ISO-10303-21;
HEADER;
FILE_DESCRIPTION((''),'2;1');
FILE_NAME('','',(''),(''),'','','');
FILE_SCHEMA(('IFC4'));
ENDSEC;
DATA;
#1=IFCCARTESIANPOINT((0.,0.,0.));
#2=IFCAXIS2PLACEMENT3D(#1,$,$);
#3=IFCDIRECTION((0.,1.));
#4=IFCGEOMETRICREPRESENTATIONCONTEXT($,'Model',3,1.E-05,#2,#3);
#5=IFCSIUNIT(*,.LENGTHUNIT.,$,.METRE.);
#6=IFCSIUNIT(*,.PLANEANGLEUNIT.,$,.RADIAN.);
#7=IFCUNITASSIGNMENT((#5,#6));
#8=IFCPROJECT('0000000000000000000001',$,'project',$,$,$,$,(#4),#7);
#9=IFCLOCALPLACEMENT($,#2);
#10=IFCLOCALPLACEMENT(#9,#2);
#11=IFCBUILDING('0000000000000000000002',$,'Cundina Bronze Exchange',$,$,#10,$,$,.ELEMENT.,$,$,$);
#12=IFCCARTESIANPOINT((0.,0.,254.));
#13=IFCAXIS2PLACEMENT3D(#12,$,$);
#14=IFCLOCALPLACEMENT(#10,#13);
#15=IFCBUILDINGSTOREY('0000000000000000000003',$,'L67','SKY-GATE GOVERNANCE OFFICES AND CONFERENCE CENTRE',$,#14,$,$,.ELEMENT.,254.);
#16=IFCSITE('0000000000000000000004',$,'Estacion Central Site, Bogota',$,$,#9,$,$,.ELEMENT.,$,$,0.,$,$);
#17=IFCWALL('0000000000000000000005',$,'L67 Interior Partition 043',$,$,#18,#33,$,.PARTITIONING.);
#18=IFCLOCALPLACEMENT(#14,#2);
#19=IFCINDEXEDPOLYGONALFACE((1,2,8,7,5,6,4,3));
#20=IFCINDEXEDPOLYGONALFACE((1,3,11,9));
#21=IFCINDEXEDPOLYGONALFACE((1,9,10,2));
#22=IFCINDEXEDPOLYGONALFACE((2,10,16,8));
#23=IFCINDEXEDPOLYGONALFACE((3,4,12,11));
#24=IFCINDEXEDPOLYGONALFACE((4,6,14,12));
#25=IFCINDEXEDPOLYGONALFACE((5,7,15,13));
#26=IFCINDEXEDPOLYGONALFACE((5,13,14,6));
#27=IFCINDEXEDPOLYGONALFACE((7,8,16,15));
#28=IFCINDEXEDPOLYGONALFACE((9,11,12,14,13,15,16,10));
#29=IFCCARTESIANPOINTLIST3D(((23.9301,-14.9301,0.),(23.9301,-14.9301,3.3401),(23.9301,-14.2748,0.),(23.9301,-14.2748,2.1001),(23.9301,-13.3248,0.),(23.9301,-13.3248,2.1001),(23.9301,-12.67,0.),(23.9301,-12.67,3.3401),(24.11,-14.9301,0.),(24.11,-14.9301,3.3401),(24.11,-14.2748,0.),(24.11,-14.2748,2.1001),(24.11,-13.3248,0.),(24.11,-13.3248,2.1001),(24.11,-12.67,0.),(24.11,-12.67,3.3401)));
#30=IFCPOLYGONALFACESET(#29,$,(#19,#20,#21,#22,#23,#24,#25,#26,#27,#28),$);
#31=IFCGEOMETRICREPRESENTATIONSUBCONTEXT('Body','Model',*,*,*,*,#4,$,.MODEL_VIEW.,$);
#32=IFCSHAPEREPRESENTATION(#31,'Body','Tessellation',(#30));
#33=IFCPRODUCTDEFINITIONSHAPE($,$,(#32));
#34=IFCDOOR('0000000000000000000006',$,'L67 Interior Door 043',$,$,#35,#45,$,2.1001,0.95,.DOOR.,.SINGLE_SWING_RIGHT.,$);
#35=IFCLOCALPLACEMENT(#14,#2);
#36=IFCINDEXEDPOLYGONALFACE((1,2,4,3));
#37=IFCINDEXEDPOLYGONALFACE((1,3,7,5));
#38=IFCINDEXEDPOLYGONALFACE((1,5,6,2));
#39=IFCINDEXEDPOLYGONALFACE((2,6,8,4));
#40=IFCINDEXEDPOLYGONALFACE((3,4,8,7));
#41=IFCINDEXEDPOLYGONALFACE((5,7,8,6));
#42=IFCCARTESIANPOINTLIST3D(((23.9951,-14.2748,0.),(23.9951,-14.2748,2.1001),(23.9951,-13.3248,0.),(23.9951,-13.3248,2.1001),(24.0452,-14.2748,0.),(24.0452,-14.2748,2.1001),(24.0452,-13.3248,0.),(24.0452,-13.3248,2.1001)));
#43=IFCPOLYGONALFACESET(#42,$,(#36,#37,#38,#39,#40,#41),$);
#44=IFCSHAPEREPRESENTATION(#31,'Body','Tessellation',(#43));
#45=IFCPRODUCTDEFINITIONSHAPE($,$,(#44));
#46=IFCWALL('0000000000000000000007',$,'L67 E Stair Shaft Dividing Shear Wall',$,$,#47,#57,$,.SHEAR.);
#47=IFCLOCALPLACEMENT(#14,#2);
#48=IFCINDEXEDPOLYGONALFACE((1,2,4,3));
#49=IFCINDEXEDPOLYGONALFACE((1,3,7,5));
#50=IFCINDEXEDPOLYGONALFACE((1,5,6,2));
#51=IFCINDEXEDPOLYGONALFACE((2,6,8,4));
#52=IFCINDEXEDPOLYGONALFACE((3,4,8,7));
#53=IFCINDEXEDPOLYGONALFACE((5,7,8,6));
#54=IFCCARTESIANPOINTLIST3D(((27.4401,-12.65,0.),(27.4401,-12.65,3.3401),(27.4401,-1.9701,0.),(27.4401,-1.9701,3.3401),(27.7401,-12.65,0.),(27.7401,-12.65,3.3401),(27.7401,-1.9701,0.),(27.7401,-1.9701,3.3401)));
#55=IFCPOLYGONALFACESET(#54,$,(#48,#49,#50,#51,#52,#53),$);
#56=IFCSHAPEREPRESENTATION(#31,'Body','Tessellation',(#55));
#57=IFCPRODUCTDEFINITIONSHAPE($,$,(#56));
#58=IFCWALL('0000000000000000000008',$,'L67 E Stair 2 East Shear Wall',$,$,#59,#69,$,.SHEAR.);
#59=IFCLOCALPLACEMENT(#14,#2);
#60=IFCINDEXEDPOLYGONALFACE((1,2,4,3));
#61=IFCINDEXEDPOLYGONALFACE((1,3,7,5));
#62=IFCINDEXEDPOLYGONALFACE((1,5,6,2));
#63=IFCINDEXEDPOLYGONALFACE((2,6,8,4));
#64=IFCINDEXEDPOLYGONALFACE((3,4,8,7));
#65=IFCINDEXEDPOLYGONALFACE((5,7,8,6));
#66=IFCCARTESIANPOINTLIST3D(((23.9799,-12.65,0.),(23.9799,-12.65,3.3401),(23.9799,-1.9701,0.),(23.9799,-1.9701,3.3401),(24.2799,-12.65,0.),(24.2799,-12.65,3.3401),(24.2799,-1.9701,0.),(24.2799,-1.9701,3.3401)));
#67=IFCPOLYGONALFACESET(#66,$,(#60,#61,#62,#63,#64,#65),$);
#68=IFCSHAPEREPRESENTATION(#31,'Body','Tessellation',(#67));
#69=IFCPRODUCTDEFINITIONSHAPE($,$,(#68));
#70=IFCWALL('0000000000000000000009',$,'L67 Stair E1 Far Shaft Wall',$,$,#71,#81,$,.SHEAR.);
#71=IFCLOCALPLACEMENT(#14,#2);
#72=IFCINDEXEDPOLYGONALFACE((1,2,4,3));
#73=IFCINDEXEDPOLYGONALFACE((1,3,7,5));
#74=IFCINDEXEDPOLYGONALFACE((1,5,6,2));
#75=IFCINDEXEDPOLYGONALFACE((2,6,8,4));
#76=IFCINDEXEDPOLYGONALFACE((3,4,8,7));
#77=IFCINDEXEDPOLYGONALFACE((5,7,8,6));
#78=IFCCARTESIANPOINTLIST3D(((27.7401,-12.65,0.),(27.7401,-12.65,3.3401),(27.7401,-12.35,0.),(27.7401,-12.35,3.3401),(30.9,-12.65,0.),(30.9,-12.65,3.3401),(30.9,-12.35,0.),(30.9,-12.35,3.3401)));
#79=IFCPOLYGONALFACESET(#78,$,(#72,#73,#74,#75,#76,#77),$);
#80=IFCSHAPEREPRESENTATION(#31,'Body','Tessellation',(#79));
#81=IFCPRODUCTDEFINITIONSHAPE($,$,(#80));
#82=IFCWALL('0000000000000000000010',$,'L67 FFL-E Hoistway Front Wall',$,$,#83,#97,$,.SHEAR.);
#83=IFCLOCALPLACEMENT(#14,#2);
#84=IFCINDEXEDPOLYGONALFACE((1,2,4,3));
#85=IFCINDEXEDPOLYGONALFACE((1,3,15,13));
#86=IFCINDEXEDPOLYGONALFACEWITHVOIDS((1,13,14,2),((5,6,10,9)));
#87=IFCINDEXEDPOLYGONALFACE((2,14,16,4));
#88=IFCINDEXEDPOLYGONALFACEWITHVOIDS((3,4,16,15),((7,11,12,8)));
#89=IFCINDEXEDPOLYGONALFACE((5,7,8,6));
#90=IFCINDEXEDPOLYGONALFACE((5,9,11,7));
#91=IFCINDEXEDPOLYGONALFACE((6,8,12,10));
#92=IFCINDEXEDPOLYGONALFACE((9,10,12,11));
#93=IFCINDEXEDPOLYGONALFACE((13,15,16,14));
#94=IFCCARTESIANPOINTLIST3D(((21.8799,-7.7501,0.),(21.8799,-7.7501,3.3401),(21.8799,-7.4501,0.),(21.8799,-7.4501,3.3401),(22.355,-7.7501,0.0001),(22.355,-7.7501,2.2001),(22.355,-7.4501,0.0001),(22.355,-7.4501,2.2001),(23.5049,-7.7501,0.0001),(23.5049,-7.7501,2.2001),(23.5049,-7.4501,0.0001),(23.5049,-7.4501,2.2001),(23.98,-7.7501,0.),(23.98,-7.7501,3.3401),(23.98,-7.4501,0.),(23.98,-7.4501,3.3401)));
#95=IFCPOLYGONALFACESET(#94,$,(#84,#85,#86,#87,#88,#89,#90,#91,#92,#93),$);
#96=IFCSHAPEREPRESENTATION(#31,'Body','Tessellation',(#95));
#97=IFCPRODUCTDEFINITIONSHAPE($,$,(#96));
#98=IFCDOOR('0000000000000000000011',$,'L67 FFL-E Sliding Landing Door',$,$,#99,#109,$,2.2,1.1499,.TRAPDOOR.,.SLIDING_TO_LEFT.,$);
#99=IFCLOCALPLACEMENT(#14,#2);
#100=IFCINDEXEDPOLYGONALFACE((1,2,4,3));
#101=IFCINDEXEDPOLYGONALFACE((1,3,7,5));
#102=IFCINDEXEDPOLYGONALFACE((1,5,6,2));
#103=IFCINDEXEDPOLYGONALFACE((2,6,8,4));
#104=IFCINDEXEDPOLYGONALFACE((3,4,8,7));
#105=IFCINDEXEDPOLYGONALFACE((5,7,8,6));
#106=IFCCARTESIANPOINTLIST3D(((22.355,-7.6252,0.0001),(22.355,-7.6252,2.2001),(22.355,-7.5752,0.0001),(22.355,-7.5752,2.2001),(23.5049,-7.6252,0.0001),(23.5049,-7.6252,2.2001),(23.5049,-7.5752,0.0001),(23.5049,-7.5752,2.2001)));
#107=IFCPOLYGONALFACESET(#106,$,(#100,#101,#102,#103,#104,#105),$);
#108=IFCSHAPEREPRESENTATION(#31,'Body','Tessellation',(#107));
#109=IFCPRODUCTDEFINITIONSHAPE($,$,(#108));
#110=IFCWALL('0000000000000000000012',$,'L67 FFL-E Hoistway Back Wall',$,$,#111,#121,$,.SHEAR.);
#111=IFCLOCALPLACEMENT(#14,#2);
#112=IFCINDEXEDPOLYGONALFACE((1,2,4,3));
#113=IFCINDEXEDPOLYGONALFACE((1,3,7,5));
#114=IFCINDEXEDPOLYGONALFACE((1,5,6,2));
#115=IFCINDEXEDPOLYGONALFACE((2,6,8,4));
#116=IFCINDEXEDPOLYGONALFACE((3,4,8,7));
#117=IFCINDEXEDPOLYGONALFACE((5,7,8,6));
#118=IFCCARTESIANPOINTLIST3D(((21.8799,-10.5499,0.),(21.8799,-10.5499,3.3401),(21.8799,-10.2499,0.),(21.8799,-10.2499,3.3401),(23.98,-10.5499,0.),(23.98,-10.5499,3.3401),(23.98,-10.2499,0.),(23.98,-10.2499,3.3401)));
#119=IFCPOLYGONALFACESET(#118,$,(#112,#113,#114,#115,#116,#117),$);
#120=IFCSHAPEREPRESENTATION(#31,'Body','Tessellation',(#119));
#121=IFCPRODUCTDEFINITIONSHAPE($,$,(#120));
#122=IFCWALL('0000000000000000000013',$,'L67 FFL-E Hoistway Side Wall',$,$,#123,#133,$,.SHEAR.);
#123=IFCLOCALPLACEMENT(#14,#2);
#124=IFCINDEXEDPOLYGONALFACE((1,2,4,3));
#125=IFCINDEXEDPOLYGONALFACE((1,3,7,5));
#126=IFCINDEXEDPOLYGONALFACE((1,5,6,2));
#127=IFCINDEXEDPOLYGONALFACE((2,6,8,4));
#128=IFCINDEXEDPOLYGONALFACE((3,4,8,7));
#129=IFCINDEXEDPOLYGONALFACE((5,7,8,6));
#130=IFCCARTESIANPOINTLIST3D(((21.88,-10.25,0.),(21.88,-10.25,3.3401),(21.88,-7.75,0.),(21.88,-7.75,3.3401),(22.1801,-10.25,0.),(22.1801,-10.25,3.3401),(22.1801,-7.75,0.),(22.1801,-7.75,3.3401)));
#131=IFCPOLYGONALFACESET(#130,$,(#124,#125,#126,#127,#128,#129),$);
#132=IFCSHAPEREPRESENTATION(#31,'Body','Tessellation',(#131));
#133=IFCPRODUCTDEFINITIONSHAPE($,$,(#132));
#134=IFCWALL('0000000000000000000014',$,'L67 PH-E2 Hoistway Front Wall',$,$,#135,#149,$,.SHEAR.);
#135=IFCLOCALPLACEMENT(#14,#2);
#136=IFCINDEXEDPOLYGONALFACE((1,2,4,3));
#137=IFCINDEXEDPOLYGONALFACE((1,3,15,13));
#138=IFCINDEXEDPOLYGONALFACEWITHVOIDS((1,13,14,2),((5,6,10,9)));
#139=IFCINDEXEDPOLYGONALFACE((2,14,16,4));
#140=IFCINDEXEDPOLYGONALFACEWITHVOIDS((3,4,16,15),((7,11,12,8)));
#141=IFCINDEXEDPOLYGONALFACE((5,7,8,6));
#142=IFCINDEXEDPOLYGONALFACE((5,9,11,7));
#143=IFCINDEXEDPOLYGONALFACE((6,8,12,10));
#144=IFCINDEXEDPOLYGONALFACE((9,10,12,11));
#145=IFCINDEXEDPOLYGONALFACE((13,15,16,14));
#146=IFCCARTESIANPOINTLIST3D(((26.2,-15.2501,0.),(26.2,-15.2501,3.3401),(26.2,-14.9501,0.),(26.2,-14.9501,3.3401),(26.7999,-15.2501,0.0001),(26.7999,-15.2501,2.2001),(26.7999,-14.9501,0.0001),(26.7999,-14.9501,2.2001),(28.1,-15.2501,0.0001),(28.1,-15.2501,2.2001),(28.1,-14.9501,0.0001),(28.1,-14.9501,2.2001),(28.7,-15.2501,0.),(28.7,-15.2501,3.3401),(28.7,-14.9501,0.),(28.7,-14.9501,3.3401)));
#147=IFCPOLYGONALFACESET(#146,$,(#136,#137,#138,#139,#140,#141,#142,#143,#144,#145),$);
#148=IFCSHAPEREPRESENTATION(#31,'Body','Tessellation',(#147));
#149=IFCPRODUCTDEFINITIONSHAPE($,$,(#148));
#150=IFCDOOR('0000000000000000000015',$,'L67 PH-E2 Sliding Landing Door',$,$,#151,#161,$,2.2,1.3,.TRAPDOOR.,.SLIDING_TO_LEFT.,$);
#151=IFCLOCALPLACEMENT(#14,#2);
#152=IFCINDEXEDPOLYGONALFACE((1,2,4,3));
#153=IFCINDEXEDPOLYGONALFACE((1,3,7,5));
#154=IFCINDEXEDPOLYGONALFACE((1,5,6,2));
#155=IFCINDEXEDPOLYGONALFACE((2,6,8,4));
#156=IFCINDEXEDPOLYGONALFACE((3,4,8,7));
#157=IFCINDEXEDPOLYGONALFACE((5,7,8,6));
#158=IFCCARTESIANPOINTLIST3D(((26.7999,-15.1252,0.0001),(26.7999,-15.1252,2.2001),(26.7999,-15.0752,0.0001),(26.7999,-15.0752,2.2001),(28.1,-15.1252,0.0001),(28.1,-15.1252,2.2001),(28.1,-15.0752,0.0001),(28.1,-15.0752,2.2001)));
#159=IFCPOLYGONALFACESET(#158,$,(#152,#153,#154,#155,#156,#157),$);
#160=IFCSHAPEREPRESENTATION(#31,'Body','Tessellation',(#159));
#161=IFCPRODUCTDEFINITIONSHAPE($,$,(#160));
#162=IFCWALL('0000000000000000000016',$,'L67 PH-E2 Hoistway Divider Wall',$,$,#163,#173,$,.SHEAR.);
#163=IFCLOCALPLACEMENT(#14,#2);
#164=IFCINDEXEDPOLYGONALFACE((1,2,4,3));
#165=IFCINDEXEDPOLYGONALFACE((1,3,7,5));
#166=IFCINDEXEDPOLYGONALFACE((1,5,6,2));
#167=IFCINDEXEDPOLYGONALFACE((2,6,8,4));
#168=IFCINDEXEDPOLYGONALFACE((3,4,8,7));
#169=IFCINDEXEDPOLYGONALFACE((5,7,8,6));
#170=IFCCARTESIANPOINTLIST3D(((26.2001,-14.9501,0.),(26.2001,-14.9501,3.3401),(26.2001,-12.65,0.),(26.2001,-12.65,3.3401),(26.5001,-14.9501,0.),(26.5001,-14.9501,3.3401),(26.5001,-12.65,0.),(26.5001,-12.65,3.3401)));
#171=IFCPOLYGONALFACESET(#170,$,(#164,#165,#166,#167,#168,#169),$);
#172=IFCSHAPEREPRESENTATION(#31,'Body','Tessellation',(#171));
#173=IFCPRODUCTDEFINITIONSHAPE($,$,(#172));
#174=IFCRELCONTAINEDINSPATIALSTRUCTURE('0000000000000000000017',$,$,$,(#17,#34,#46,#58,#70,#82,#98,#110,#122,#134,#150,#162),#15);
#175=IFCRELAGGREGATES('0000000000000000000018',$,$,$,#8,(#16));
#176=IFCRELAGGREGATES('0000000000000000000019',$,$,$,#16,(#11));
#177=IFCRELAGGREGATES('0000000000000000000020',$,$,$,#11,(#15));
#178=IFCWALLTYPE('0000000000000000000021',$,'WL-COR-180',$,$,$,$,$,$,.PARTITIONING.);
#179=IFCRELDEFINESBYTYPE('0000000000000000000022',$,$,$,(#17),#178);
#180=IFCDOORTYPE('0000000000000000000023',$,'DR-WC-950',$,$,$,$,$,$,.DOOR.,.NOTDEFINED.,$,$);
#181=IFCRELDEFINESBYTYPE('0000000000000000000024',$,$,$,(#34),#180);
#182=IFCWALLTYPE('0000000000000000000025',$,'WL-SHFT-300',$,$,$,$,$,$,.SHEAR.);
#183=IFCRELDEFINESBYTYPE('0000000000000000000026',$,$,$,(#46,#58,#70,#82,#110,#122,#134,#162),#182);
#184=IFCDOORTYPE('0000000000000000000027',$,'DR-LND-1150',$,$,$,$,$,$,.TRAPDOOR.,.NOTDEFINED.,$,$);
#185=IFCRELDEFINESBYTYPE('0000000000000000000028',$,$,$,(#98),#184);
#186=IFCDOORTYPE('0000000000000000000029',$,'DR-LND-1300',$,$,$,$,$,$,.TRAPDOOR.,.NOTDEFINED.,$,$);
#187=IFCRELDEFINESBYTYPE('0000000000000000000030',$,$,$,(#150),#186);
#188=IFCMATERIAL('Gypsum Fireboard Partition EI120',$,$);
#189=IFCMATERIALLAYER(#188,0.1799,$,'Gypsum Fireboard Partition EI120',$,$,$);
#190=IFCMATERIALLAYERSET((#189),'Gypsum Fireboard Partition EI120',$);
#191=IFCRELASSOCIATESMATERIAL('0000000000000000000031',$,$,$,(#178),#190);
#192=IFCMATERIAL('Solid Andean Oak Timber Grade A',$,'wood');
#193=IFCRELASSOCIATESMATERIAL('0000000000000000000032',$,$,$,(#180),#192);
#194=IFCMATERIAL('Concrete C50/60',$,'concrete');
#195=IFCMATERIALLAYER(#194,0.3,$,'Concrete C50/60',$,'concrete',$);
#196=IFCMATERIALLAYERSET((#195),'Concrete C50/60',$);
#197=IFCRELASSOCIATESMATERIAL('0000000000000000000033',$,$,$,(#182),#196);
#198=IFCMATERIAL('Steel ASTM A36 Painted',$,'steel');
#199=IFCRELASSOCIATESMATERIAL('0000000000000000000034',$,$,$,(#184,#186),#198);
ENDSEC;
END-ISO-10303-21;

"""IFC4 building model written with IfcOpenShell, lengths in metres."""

from ifc_helpers import new_model, si_unit, direction, frame, frame_2d, origin, place, context, subcontext, project, spatial, rectangle, extrude, material, layer, layer_set, type_object, element, fill, save


model = new_model("IFC4")

# Units and contexts
model_context = context("Model", 3, precision=1e-05, world=origin(), true_north=direction((0.0, 1.0)))
body_context = subcontext(model_context, "Body", "Model", "MODEL_VIEW")
ifc_project = project(units=[si_unit("LENGTHUNIT", "METRE"), si_unit("PLANEANGLEUNIT", "RADIAN")], contexts=[model_context])

# Site, building, storey
site_placement = place(None, origin())
site = spatial("IfcSite", under=ifc_project, at=site_placement, Name="Estacion Central Site, Bogota", CompositionType="ELEMENT", RefElevation=0.0)
building_placement = place(site_placement, origin())
building = spatial("IfcBuilding", under=site, at=building_placement, Name="Cundina Bronze Exchange", CompositionType="ELEMENT")
storey_placement = place(building_placement, frame((0.0, 0.0, 254.0)))
storey = spatial("IfcBuildingStorey", under=building, at=storey_placement, Name="L67", Description="SKY-GATE GOVERNANCE OFFICES AND CONFERENCE CENTRE", CompositionType="ELEMENT", Elevation=254.0)

# Shared definitions
ifc_material_1 = material(Name="Concrete C50/60", Category="concrete")

# Shared definitions
ifc_material_2 = material(Name="Gypsum Fireboard Partition EI120")
ifc_layer_1 = layer(ifc_material_2, 0.1799, Name="Gypsum Fireboard Partition EI120")
ifc_layer_set_1 = layer_set([ifc_layer_1], Name="Gypsum Fireboard Partition EI120")
wall_type_1 = type_object("IfcWallType", Name="WL-COR-180", PredefinedType="PARTITIONING", material=ifc_layer_set_1)

# Wall, opening, door
wall_1_placement = place(storey_placement, frame((24.02, -14.9299, 0.0), z_axis=(0.0, 0.0, 1.0), x_axis=(0.0, 1.0, 0.0)))
wall_1 = element("IfcWall", 1, at=wall_1_placement, inside=storey, type_object=wall_type_1, Name="L67 Interior Partition 043", PredefinedType="PARTITIONING", context=body_context, shape_type="SweptSolid", body=[
    extrude(rectangle(XDim=2.26, YDim=0.1799, at=frame_2d((1.1299, 0.0))), origin(), (0.0, 0.0, 1.0), 3.3401),
])
opening_1_placement = place(wall_1_placement, frame((0.655, 0.0, 0.0)))
opening_1 = element("IfcOpeningElement", 2, at=opening_1_placement, cuts=wall_1, PredefinedType="OPENING", context=body_context, shape_type="SweptSolid", body=[
    extrude(rectangle(XDim=0.95, YDim=2.1001, at=frame_2d((0.4751, 1.05))), frame((0.0, 0.0999, 0.0), z_axis=(0.0, -1.0, 0.0), x_axis=(1.0, 0.0, 0.0)), (0.0, 0.0, 1.0), 0.2),
])
ifc_material_3 = material(Name="Solid Andean Oak Timber Grade A", Category="wood")
door_type_1 = type_object("IfcDoorType", Name="DR-WC-950", OperationType="NOTDEFINED", PredefinedType="DOOR", material=ifc_material_3)
door_1_placement = place(opening_1_placement, origin())
door_1 = element("IfcDoor", 3, at=door_1_placement, inside=storey, type_object=door_type_1, Name="L67 Interior Door 043", OperationType="SINGLE_SWING_RIGHT", OverallHeight=2.1001, OverallWidth=0.95, PredefinedType="DOOR", context=body_context, shape_type="SweptSolid", body=[
    extrude(rectangle(XDim=0.95, YDim=2.1001, at=frame_2d((0.4751, 1.05))), frame((0.0, 0.0249, 0.0), z_axis=(0.0, -1.0, 0.0), x_axis=(1.0, 0.0, 0.0)), (0.0, 0.0, 1.0), 0.05),
])
fill(opening_1, door_1)

# Walls
ifc_layer_2 = layer(ifc_material_1, 0.3, Name="Concrete C50/60", Category="concrete")
ifc_layer_set_2 = layer_set([ifc_layer_2], Name="Concrete C50/60")
wall_type_2 = type_object("IfcWallType", Name="WL-SHFT-300", PredefinedType="SHEAR", material=ifc_layer_set_2)
for number, where, z_axis, x_axis, name in (
    (4, (27.5901, -12.6499, 0.0), (0.0, 0.0, 1.0), (0.0, 1.0, 0.0), "L67 E Stair Shaft Dividing Shear Wall"),
    (5, (24.1299, -12.6499, 0.0), (0.0, 0.0, 1.0), (0.0, 1.0, 0.0), "L67 E Stair 2 East Shear Wall"),
):
    element("IfcWall", number, at=place(storey_placement, frame(where, z_axis=z_axis, x_axis=x_axis)), inside=storey, type_object=wall_type_2, Name=name, PredefinedType="SHEAR", context=body_context, shape_type="SweptSolid", body=[
        extrude(rectangle(XDim=10.6799, YDim=0.3, at=frame_2d((5.3398, 0.0))), origin(), (0.0, 0.0, 1.0), 3.3401),
    ])
wall_2_placement = place(storey_placement, frame((27.74, -12.5, 0.0), z_axis=(0.0, 0.0, 1.0), x_axis=(1.0, 0.0, 0.0)))
element("IfcWall", 6, at=wall_2_placement, inside=storey, type_object=wall_type_2, Name="L67 Stair E1 Far Shaft Wall", PredefinedType="SHEAR", context=body_context, shape_type="SweptSolid", body=[
    extrude(rectangle(XDim=3.1599, YDim=0.3, at=frame_2d((1.5801, 0.0))), origin(), (0.0, 0.0, 1.0), 3.3401),
])

# Wall, opening, door
ifc_material_4 = material(Name="Steel ASTM A36 Painted", Category="steel")
wall_3_placement = place(storey_placement, frame((21.8799, -7.6001, 0.0), z_axis=(0.0, 0.0, 1.0), x_axis=(1.0, 0.0, 0.0)))
wall_3 = element("IfcWall", 7, at=wall_3_placement, inside=storey, type_object=wall_type_2, Name="L67 FFL-E Hoistway Front Wall", PredefinedType="SHEAR", context=body_context, shape_type="SweptSolid", body=[
    extrude(rectangle(XDim=2.1001, YDim=0.3, at=frame_2d((1.05, 0.0))), origin(), (0.0, 0.0, 1.0), 3.3401),
])
opening_2_placement = place(wall_3_placement, frame((0.4751, 0.0, 0.0)))
opening_2 = element("IfcOpeningElement", 8, at=opening_2_placement, cuts=wall_3, PredefinedType="OPENING", context=body_context, shape_type="SweptSolid", body=[
    extrude(rectangle(XDim=1.1499, YDim=2.2, at=frame_2d((0.575, 1.1001))), frame((0.0, 0.1599, 0.0), z_axis=(0.0, -1.0, 0.0), x_axis=(1.0, 0.0, 0.0)), (0.0, 0.0, 1.0), 0.3201),
])
door_type_2 = type_object("IfcDoorType", Name="DR-LND-1150", OperationType="NOTDEFINED", PredefinedType="TRAPDOOR", material=ifc_material_4)
door_2_placement = place(opening_2_placement, origin())
door_2 = element("IfcDoor", 9, at=door_2_placement, inside=storey, type_object=door_type_2, Name="L67 FFL-E Sliding Landing Door", OperationType="SLIDING_TO_LEFT", OverallHeight=2.2, OverallWidth=1.1499, PredefinedType="TRAPDOOR", context=body_context, shape_type="SweptSolid", body=[
    extrude(rectangle(XDim=1.1499, YDim=2.2, at=frame_2d((0.575, 1.1001))), frame((0.0, 0.0249, 0.0), z_axis=(0.0, -1.0, 0.0), x_axis=(1.0, 0.0, 0.0)), (0.0, 0.0, 1.0), 0.05),
])
fill(opening_2, door_2)

# Walls
wall_4_placement = place(storey_placement, frame((21.8799, -10.3999, 0.0), z_axis=(0.0, 0.0, 1.0), x_axis=(1.0, 0.0, 0.0)))
element("IfcWall", 10, at=wall_4_placement, inside=storey, type_object=wall_type_2, Name="L67 FFL-E Hoistway Back Wall", PredefinedType="SHEAR", context=body_context, shape_type="SweptSolid", body=[
    extrude(rectangle(XDim=2.1001, YDim=0.3, at=frame_2d((1.05, 0.0))), origin(), (0.0, 0.0, 1.0), 3.3401),
])
wall_5_placement = place(storey_placement, frame((22.03, -10.25, 0.0), z_axis=(0.0, 0.0, 1.0), x_axis=(0.0, 1.0, 0.0)))
element("IfcWall", 11, at=wall_5_placement, inside=storey, type_object=wall_type_2, Name="L67 FFL-E Hoistway Side Wall", PredefinedType="SHEAR", context=body_context, shape_type="SweptSolid", body=[
    extrude(rectangle(XDim=2.5, YDim=0.3, at=frame_2d((1.25, 0.0))), origin(), (0.0, 0.0, 1.0), 3.3401),
])

# Wall, opening, door
wall_6_placement = place(storey_placement, frame((26.2, -15.1001, 0.0), z_axis=(0.0, 0.0, 1.0), x_axis=(1.0, 0.0, 0.0)))
wall_6 = element("IfcWall", 12, at=wall_6_placement, inside=storey, type_object=wall_type_2, Name="L67 PH-E2 Hoistway Front Wall", PredefinedType="SHEAR", context=body_context, shape_type="SweptSolid", body=[
    extrude(rectangle(XDim=2.5, YDim=0.3, at=frame_2d((1.25, 0.0))), origin(), (0.0, 0.0, 1.0), 3.3401),
])
opening_3_placement = place(wall_6_placement, frame((0.6001, 0.0, 0.0)))
opening_3 = element("IfcOpeningElement", 13, at=opening_3_placement, cuts=wall_6, PredefinedType="OPENING", context=body_context, shape_type="SweptSolid", body=[
    extrude(rectangle(XDim=1.3, YDim=2.2, at=frame_2d((0.6499, 1.1001))), frame((0.0, 0.1599, 0.0), z_axis=(0.0, -1.0, 0.0), x_axis=(1.0, 0.0, 0.0)), (0.0, 0.0, 1.0), 0.3201),
])
door_type_3 = type_object("IfcDoorType", Name="DR-LND-1300", OperationType="NOTDEFINED", PredefinedType="TRAPDOOR", material=ifc_material_4)
door_3_placement = place(opening_3_placement, origin())
door_3 = element("IfcDoor", 14, at=door_3_placement, inside=storey, type_object=door_type_3, Name="L67 PH-E2 Sliding Landing Door", OperationType="SLIDING_TO_LEFT", OverallHeight=2.2, OverallWidth=1.3, PredefinedType="TRAPDOOR", context=body_context, shape_type="SweptSolid", body=[
    extrude(rectangle(XDim=1.3, YDim=2.2, at=frame_2d((0.6499, 1.1001))), frame((0.0, 0.0249, 0.0), z_axis=(0.0, -1.0, 0.0), x_axis=(1.0, 0.0, 0.0)), (0.0, 0.0, 1.0), 0.05),
])
fill(opening_3, door_3)

# Wall
wall_7_placement = place(storey_placement, frame((26.3501, -14.95, 0.0), z_axis=(0.0, 0.0, 1.0), x_axis=(0.0, 1.0, 0.0)))
element("IfcWall", 15, at=wall_7_placement, inside=storey, type_object=wall_type_2, Name="L67 PH-E2 Hoistway Divider Wall", PredefinedType="SHEAR", context=body_context, shape_type="SweptSolid", body=[
    extrude(rectangle(XDim=2.3, YDim=0.3, at=frame_2d((1.1499, 0.0))), origin(), (0.0, 0.0, 1.0), 3.3401),
])

save(model, "model.ifc")
